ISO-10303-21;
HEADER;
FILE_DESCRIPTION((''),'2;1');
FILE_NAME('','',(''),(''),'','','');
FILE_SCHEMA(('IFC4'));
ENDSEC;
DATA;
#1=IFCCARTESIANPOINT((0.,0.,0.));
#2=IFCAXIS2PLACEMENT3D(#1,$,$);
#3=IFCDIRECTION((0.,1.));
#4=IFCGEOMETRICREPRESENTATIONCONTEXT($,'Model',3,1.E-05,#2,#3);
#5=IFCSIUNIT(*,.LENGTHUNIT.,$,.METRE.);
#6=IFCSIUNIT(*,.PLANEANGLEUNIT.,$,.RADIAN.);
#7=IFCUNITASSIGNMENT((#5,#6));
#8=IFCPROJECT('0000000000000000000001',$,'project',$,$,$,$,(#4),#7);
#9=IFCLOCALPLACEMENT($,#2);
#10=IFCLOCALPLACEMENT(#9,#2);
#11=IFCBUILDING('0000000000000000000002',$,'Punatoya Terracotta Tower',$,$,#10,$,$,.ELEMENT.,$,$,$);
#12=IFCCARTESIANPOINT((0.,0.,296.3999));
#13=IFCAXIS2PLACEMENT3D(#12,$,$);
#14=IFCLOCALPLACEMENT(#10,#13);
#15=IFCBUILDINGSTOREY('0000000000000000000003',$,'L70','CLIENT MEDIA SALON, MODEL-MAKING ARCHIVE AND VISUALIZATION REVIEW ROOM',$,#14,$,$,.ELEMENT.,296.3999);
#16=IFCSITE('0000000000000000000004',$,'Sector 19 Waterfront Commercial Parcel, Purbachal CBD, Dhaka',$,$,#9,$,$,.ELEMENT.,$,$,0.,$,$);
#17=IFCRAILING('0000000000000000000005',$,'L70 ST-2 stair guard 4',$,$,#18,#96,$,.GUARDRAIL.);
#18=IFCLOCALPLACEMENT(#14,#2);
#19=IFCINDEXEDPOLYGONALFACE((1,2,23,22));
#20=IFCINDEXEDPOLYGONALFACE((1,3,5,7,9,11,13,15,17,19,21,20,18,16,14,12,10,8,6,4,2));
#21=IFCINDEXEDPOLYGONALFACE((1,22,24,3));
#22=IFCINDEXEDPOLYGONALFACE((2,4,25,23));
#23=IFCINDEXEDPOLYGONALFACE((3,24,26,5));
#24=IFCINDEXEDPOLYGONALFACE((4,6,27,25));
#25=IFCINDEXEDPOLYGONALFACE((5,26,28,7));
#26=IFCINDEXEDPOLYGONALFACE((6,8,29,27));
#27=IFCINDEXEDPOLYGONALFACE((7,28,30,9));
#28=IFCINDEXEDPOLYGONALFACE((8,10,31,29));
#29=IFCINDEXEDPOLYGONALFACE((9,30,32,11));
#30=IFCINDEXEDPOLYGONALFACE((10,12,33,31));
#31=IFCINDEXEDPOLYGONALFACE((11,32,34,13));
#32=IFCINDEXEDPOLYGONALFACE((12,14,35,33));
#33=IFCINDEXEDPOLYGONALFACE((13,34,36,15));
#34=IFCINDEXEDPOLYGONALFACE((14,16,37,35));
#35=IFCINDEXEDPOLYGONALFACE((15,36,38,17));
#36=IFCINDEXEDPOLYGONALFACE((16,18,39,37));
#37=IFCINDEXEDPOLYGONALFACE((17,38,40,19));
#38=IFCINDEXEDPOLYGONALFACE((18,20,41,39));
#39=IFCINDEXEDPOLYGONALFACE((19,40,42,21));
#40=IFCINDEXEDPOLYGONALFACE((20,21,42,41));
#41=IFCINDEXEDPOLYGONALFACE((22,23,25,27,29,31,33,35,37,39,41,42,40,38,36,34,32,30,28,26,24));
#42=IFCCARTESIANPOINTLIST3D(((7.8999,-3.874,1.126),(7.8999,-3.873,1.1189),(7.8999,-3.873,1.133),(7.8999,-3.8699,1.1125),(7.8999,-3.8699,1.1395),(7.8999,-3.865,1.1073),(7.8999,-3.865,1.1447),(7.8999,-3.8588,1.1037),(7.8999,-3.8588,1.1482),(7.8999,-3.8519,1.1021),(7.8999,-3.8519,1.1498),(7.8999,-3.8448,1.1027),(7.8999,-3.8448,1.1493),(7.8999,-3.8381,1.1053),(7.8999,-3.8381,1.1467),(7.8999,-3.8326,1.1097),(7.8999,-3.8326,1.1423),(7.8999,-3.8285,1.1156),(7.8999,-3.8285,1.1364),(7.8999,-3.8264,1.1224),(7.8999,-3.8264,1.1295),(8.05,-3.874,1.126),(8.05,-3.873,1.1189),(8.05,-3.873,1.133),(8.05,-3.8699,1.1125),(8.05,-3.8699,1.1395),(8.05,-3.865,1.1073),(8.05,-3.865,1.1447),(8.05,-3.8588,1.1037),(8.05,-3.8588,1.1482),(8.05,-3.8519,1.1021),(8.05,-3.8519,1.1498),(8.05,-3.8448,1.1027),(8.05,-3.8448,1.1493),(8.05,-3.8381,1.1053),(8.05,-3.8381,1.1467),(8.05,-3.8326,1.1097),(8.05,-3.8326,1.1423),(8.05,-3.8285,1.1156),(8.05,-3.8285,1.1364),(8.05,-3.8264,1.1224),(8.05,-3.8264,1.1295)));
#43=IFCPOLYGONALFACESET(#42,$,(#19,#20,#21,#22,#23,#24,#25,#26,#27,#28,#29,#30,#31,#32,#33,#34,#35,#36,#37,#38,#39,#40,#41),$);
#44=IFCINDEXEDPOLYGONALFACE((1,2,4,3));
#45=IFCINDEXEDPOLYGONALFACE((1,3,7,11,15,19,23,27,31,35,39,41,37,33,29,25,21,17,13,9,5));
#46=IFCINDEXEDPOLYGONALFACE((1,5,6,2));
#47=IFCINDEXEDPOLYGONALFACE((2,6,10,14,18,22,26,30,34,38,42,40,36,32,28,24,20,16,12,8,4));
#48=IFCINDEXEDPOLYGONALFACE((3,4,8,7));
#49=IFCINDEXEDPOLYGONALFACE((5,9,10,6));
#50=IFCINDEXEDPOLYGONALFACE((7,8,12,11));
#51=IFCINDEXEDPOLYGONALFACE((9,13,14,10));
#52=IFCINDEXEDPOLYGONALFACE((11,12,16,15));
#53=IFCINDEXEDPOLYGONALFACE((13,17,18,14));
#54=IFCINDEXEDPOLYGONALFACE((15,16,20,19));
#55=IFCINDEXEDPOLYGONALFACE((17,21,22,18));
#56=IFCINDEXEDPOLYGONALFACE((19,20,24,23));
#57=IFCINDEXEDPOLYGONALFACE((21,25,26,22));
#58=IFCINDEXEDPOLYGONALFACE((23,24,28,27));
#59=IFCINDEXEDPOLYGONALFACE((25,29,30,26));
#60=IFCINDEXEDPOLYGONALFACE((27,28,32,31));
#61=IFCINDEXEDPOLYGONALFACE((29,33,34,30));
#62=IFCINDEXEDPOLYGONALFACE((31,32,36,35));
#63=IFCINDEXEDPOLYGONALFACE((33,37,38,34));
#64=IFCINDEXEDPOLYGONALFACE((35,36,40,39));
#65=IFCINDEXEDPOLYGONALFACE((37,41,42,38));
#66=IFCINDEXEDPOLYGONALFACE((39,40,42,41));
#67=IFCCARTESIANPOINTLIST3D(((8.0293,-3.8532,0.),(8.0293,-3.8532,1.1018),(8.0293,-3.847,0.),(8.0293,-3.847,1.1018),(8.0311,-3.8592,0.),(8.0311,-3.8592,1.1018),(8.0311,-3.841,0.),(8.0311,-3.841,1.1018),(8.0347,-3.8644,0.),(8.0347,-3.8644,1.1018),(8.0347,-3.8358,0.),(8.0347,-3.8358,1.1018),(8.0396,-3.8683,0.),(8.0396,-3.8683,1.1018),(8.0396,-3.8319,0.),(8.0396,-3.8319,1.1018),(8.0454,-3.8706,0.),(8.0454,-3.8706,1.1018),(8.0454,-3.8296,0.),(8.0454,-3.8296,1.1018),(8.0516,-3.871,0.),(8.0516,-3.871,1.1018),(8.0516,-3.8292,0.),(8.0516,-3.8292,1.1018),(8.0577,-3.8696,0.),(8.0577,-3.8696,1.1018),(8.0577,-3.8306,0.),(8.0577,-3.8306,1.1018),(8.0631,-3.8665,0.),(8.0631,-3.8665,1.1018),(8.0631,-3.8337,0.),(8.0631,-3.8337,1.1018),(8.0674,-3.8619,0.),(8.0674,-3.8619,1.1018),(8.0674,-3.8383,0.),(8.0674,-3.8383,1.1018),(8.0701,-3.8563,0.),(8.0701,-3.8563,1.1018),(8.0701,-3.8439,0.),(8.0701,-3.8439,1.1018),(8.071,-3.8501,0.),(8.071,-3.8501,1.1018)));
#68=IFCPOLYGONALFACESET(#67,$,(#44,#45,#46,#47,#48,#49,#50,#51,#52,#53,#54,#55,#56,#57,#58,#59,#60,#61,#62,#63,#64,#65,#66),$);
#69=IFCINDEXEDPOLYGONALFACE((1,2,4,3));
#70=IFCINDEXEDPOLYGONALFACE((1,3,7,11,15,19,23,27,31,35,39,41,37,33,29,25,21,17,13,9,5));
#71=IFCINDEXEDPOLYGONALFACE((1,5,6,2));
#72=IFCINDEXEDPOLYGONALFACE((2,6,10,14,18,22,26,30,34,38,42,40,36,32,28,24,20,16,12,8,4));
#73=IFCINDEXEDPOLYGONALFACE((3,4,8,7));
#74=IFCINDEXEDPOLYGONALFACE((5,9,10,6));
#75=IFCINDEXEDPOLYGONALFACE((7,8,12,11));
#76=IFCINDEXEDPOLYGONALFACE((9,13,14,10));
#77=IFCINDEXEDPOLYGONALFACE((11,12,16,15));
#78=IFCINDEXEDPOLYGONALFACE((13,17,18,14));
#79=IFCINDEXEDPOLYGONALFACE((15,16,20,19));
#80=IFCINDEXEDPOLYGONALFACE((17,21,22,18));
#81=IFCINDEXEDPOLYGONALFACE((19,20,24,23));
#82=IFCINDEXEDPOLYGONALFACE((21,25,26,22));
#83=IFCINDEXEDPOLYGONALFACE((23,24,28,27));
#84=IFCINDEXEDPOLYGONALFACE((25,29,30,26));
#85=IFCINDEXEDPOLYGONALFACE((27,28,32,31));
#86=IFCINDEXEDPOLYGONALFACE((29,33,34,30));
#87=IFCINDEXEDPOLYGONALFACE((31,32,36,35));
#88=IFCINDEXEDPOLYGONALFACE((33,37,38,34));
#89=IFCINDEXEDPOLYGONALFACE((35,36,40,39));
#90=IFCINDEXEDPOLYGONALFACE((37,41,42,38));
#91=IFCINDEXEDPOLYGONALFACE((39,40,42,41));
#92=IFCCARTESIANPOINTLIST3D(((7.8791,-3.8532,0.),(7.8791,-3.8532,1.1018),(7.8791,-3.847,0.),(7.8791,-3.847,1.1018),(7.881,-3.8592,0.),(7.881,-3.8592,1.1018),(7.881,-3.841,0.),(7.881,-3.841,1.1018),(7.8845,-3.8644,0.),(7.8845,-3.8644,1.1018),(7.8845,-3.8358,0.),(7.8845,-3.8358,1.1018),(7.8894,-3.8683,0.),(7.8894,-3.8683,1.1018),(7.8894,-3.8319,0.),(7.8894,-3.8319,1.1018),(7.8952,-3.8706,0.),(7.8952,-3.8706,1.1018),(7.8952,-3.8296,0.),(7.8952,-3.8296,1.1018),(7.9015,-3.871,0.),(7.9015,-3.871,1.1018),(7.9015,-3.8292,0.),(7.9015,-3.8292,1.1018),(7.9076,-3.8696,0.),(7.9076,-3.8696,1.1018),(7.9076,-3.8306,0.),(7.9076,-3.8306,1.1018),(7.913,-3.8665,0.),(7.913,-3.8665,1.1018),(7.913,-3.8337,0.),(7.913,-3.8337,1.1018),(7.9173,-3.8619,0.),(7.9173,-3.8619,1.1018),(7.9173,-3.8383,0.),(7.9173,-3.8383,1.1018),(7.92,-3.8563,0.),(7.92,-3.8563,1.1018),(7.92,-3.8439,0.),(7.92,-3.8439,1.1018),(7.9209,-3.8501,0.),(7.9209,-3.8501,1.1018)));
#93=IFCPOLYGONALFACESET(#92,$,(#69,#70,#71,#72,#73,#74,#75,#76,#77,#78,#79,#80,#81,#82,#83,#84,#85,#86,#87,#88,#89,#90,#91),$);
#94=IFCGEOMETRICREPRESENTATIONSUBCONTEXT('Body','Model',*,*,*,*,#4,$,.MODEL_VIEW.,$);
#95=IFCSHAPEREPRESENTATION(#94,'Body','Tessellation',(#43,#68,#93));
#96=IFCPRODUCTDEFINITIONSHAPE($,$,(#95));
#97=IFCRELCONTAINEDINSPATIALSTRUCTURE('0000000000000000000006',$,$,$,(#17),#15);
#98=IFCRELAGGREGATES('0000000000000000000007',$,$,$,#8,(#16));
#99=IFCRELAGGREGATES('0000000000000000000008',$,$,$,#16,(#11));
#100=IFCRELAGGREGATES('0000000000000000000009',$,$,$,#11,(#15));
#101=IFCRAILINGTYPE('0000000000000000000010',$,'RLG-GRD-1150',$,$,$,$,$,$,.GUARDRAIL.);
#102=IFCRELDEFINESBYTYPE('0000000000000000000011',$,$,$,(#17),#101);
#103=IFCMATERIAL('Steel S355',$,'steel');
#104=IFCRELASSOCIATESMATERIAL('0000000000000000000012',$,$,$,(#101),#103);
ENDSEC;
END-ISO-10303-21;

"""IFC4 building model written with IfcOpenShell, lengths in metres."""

from ifc_helpers import new_model, si_unit, direction, frame, origin, origin_2d, place, context, subcontext, project, spatial, circle, extrude, material, type_object, element, save


model = new_model("IFC4")

# Units and contexts
model_context = context("Model", 3, precision=1e-05, world=origin(), true_north=direction((0.0, 1.0)))
body_context = subcontext(model_context, "Body", "Model", "MODEL_VIEW")
ifc_project = project(units=[si_unit("LENGTHUNIT", "METRE"), si_unit("PLANEANGLEUNIT", "RADIAN")], contexts=[model_context])

# Site, building, storey
site_placement = place(None, origin())
site = spatial("IfcSite", under=ifc_project, at=site_placement, Name="Sector 19 Waterfront Commercial Parcel, Purbachal CBD, Dhaka", CompositionType="ELEMENT", RefElevation=0.0)
building_placement = place(site_placement, origin())
building = spatial("IfcBuilding", under=site, at=building_placement, Name="Punatoya Terracotta Tower", CompositionType="ELEMENT")
storey_placement = place(building_placement, frame((0.0, 0.0, 296.3999)))
storey = spatial("IfcBuildingStorey", under=building, at=storey_placement, Name="L70", Description="CLIENT MEDIA SALON, MODEL-MAKING ARCHIVE AND VISUALIZATION REVIEW ROOM", CompositionType="ELEMENT", Elevation=296.3999)

# Shared definitions
ifc_material_1 = material(Name="Steel S355", Category="steel")

# Railing
railing_type_1 = type_object("IfcRailingType", Name="RLG-GRD-1150", PredefinedType="GUARDRAIL", material=ifc_material_1)
railing_1_placement = place(storey_placement, frame((8.05, -3.8501, 0.0)))
element("IfcRailing", 1, at=railing_1_placement, inside=storey, type_object=railing_type_1, Name="L70 ST-2 stair guard 4", PredefinedType="GUARDRAIL", context=body_context, shape_type="SweptSolid", body=[
    extrude(circle(Radius=0.0239, at=origin_2d()), frame((0.0, 0.0, 1.126), z_axis=(-1.0, 0.0, 0.0), x_axis=(0.0, -1.0, 0.0)), (0.0, 0.0, 1.0), 0.1501),
    extrude(circle(Radius=0.021, at=origin_2d()), origin(), (0.0, 0.0, 1.0), 1.1018),
    extrude(circle(Radius=0.021, at=origin_2d()), frame((-0.1501, 0.0, 0.0)), (0.0, 0.0, 1.0), 1.1018),
])

save(model, "model.ifc")
